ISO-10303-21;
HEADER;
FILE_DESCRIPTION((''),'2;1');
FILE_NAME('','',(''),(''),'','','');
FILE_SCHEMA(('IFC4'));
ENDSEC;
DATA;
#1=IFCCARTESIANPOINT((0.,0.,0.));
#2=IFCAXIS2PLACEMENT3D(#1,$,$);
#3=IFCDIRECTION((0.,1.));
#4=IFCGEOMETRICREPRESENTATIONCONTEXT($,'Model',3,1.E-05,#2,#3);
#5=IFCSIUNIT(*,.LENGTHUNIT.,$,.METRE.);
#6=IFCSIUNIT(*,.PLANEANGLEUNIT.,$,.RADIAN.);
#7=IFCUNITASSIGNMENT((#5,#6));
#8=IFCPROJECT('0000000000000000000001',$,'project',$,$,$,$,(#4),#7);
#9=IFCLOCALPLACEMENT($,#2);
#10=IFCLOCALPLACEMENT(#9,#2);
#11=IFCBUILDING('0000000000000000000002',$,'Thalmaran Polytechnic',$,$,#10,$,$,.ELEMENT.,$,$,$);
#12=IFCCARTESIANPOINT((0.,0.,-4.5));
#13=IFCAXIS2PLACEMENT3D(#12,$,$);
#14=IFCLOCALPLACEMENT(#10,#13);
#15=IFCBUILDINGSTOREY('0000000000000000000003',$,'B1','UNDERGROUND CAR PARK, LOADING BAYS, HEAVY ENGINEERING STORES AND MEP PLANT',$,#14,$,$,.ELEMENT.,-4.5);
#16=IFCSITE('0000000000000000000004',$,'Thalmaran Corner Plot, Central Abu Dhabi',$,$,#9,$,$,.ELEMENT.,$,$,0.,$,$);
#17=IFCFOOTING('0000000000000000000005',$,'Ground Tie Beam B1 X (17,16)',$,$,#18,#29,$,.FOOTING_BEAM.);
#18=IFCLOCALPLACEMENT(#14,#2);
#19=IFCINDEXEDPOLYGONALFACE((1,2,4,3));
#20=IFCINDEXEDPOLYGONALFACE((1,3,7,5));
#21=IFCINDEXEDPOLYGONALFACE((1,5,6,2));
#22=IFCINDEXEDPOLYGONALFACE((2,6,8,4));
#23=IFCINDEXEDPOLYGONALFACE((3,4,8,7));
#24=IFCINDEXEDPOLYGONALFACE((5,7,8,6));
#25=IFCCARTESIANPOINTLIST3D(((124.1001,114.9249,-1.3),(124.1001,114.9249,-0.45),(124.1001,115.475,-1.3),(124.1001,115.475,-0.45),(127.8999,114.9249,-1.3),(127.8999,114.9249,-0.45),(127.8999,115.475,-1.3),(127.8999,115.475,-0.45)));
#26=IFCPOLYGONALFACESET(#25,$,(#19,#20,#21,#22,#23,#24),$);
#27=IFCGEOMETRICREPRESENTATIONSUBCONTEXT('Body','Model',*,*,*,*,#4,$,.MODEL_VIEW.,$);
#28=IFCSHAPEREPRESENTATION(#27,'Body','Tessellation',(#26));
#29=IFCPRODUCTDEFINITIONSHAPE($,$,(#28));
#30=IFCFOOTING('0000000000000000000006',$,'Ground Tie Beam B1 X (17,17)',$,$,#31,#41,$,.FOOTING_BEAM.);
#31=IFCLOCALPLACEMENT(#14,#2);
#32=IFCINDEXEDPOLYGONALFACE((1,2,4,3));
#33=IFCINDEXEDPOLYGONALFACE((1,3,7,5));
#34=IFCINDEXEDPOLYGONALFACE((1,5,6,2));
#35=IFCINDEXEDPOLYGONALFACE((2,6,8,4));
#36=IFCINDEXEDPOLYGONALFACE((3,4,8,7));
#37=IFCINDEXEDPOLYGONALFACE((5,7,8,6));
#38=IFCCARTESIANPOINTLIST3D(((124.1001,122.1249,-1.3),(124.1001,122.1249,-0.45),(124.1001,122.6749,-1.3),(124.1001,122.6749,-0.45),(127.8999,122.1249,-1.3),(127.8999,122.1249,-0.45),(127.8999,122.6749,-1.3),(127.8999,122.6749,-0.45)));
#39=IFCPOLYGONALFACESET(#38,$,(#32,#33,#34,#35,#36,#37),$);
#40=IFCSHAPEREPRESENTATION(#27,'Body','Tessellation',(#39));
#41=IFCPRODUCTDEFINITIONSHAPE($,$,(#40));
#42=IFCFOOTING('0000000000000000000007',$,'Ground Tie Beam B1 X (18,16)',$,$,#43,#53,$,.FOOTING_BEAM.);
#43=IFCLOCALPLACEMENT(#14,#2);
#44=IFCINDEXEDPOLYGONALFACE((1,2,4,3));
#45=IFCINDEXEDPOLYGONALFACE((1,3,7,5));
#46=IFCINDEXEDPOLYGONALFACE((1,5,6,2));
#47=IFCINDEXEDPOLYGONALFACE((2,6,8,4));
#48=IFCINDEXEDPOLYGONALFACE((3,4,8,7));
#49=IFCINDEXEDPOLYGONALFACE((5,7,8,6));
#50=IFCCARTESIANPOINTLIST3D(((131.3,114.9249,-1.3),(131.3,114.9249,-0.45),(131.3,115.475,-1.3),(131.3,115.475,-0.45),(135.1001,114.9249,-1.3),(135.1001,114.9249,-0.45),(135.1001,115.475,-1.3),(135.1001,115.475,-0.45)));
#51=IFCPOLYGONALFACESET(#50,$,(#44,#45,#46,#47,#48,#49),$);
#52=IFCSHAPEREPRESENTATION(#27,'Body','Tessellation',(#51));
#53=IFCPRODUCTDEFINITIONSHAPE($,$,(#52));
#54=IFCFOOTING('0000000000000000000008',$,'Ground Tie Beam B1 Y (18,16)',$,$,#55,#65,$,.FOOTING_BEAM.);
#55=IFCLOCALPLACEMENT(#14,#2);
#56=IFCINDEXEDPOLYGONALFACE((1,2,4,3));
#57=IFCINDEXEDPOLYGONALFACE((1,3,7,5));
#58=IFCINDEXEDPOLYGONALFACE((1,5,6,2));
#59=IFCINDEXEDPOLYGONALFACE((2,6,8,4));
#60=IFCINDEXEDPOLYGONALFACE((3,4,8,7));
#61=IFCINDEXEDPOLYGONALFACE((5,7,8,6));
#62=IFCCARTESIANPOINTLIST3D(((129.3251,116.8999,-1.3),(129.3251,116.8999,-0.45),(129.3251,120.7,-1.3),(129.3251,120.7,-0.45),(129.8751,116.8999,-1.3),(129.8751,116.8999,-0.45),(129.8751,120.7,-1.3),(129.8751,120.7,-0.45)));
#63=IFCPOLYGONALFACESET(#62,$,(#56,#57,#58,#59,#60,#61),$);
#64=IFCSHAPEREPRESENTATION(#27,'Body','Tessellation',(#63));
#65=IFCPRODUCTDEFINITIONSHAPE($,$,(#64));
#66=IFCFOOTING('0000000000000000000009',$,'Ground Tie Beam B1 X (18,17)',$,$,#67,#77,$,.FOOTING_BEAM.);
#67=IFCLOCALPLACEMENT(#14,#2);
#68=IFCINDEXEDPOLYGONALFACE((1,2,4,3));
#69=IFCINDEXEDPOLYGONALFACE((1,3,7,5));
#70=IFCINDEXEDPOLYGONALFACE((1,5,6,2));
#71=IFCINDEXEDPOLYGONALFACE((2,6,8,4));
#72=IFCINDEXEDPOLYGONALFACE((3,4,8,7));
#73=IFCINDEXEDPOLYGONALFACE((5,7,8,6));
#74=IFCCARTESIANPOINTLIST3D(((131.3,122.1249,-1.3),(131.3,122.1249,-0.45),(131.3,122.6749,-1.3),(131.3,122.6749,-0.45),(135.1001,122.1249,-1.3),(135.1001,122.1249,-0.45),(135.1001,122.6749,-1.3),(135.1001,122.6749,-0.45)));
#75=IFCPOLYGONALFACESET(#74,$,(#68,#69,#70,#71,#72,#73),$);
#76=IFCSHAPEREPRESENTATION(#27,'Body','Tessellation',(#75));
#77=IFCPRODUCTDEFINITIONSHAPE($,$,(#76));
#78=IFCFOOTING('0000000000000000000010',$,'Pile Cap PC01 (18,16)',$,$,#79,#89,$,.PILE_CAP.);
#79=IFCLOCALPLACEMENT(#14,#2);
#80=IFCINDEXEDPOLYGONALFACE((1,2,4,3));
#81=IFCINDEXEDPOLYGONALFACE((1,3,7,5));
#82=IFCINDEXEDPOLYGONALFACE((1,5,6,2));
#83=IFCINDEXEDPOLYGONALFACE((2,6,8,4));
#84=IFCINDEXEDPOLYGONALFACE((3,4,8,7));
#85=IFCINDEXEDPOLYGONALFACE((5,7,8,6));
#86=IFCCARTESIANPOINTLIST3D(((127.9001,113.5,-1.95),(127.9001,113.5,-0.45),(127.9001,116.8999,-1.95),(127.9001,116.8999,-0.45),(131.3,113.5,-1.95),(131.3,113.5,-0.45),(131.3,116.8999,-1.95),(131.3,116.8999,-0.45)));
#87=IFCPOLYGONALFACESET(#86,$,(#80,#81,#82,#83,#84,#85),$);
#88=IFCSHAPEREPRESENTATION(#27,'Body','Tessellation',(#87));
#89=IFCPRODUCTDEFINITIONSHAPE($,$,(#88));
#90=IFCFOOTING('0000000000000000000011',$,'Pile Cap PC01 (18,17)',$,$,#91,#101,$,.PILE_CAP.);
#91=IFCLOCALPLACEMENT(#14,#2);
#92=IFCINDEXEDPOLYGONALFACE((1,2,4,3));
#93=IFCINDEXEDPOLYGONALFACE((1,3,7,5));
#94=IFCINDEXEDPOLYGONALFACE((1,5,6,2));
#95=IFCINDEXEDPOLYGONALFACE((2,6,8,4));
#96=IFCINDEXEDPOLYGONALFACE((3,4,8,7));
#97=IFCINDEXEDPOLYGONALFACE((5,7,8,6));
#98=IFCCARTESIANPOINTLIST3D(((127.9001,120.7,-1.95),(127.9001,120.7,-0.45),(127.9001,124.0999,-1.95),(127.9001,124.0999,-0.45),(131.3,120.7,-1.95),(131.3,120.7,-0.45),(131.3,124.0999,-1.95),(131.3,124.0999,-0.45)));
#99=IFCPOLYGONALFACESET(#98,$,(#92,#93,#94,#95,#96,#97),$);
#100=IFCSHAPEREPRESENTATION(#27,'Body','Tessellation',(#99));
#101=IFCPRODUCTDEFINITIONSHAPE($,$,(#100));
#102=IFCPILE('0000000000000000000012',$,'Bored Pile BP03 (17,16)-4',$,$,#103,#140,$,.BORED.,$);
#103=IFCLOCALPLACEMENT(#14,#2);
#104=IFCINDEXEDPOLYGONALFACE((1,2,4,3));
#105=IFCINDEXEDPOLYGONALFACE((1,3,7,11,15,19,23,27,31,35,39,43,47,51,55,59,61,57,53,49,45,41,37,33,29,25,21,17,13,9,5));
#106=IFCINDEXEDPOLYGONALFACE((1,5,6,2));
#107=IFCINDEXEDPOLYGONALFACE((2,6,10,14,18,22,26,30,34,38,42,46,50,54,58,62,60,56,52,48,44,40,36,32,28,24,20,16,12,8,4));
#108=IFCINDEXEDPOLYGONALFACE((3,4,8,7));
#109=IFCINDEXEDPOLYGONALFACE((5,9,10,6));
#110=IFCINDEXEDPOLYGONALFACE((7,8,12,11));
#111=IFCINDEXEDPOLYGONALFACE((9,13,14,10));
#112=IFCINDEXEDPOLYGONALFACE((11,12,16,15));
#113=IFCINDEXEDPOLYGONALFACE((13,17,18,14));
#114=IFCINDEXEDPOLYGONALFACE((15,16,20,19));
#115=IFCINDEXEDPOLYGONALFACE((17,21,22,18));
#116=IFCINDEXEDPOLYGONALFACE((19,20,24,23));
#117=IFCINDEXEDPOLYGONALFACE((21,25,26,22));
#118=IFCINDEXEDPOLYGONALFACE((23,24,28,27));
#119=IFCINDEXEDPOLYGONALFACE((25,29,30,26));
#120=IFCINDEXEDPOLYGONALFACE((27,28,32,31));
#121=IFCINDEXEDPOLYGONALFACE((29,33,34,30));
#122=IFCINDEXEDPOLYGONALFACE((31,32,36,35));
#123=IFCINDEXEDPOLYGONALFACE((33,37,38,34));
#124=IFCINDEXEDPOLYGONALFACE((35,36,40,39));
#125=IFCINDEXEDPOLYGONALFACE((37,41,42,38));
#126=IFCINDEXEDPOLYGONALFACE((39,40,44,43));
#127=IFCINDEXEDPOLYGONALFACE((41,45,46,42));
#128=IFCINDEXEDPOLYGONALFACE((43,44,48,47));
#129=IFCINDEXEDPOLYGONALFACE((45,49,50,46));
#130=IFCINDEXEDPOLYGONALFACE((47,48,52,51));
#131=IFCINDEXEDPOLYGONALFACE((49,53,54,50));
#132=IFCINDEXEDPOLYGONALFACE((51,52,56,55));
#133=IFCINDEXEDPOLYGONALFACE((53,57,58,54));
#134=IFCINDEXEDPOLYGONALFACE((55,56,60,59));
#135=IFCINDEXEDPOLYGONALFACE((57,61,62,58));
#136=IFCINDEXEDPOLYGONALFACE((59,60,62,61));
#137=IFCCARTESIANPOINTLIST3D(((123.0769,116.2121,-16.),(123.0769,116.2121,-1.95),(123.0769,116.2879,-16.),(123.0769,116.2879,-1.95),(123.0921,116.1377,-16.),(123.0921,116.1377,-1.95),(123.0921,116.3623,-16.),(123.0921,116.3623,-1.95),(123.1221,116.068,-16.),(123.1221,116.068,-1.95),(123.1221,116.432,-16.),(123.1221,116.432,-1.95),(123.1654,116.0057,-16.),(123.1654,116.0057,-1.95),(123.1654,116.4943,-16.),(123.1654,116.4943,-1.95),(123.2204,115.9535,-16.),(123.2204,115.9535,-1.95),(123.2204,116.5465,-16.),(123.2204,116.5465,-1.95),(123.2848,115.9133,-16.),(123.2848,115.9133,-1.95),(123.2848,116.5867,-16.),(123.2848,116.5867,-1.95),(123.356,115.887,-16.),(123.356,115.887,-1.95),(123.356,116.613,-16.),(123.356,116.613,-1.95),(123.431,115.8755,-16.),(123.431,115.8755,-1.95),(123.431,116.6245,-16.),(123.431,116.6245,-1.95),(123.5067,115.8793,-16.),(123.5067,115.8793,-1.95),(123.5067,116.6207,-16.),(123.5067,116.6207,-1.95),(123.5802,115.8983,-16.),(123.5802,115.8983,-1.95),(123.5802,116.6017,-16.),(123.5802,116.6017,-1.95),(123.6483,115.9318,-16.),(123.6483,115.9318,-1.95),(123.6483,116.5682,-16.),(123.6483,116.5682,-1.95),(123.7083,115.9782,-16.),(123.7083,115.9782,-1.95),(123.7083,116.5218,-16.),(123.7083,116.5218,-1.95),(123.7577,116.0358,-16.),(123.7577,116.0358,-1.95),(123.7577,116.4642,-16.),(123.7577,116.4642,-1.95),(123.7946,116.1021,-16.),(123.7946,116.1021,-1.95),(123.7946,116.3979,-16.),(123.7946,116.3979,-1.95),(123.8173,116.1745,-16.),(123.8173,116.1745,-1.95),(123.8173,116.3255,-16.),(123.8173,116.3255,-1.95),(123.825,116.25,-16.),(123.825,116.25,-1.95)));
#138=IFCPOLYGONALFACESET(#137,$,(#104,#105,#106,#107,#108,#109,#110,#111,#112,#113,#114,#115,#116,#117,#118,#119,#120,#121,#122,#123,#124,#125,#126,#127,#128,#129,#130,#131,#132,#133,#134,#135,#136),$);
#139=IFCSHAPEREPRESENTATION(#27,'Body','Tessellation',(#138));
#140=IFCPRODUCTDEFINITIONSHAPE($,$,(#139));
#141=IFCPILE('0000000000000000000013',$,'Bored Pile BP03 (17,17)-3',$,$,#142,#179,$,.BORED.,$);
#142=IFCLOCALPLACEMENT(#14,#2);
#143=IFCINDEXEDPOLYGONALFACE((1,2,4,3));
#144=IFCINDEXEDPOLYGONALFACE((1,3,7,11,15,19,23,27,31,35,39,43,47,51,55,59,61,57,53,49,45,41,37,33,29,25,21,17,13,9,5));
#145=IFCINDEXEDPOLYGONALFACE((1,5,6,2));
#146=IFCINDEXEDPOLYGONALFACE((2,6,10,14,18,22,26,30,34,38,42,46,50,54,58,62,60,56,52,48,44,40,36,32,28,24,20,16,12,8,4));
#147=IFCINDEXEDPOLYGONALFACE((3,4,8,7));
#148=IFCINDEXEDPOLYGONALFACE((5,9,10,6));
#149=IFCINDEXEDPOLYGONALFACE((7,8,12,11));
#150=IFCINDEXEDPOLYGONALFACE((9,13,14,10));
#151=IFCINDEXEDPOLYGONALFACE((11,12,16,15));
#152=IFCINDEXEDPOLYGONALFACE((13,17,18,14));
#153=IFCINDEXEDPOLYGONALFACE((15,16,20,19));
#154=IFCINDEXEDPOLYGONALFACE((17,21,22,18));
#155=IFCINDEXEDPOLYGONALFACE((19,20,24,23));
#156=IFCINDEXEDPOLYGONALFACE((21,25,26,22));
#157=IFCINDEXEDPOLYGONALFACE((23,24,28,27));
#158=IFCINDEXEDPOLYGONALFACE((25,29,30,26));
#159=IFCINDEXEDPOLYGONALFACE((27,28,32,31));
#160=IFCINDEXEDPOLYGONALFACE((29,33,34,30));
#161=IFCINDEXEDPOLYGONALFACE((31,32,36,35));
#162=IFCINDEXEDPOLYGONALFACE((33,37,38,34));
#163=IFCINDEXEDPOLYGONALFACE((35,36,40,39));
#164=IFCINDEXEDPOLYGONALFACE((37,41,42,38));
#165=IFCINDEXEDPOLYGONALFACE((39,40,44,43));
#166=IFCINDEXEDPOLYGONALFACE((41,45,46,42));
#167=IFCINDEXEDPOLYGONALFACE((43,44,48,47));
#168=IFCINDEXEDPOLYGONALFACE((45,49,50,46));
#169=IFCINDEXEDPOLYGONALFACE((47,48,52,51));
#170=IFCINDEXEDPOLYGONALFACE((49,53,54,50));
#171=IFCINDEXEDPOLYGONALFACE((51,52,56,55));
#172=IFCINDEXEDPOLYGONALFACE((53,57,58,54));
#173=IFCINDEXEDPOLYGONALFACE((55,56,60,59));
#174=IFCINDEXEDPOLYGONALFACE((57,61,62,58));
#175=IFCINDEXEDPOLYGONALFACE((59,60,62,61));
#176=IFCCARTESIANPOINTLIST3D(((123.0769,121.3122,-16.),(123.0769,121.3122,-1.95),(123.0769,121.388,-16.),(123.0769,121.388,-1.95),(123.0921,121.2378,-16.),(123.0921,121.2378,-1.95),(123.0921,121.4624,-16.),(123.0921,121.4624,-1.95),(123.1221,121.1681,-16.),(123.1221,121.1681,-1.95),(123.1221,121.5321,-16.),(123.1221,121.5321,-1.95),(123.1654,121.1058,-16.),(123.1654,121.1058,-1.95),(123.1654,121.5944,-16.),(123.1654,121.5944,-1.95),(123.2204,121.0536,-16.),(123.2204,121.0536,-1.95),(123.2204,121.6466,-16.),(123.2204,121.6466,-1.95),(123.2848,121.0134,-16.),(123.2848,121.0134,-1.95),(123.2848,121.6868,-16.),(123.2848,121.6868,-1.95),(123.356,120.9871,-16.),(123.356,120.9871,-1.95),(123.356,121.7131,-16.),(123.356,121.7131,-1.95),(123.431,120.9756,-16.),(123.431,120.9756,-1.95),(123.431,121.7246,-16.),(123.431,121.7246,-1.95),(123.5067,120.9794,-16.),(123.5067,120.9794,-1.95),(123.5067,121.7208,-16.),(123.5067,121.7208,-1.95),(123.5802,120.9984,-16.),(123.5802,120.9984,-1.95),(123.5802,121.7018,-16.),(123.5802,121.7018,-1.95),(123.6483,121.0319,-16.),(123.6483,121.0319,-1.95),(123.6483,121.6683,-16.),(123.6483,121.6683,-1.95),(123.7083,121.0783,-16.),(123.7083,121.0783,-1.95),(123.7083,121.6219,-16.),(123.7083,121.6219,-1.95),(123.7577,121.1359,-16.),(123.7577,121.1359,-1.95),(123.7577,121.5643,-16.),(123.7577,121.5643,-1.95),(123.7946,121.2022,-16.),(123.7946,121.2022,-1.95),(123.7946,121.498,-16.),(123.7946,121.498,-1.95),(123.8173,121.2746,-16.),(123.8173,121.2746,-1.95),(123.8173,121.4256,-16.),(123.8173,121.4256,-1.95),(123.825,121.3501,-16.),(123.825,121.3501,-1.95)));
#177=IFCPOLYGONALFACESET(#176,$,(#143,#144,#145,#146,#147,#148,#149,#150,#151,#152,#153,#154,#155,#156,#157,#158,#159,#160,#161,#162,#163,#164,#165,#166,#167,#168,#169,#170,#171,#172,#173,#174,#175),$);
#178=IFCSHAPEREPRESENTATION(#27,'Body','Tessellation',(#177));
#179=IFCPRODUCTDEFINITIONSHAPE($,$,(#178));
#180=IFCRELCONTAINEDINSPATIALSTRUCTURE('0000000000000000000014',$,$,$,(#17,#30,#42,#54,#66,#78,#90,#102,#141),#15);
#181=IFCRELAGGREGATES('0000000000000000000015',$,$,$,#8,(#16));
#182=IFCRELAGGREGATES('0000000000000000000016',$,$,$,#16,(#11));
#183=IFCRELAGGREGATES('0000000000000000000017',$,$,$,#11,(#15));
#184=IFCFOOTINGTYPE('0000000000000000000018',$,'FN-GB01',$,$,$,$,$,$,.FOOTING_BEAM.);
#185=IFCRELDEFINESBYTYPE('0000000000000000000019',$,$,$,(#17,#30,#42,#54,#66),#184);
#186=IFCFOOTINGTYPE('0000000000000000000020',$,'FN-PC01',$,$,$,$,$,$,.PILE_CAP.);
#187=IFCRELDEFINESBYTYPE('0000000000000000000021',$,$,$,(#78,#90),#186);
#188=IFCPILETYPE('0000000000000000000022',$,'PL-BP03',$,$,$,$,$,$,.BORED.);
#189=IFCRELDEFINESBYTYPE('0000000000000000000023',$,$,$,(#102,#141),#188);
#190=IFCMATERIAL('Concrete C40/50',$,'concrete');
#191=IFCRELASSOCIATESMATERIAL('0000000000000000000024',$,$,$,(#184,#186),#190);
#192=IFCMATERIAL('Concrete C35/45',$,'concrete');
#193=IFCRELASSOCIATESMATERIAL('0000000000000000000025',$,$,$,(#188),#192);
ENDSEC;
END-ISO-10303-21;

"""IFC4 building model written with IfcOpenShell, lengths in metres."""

from ifc_helpers import new_model, si_unit, direction, frame, origin, origin_2d, place, context, subcontext, project, spatial, rectangle, circle, extrude, material, material_profile, profile_set, type_object, element, save


model = new_model("IFC4")

# Units and contexts
model_context = context("Model", 3, precision=1e-05, world=origin(), true_north=direction((0.0, 1.0)))
body_context = subcontext(model_context, "Body", "Model", "MODEL_VIEW")
ifc_project = project(units=[si_unit("LENGTHUNIT", "METRE"), si_unit("PLANEANGLEUNIT", "RADIAN")], contexts=[model_context])

# Site, building, storey
site_placement = place(None, origin())
site = spatial("IfcSite", under=ifc_project, at=site_placement, Name="Thalmaran Corner Plot, Central Abu Dhabi", CompositionType="ELEMENT", RefElevation=0.0)
building_placement = place(site_placement, origin())
building = spatial("IfcBuilding", under=site, at=building_placement, Name="Thalmaran Polytechnic", CompositionType="ELEMENT")
storey_placement = place(building_placement, frame((0.0, 0.0, -4.5)))
storey = spatial("IfcBuildingStorey", under=building, at=storey_placement, Name="B1", Description="UNDERGROUND CAR PARK, LOADING BAYS, HEAVY ENGINEERING STORES AND MEP PLANT", CompositionType="ELEMENT", Elevation=-4.5)

# Footings
ifc_material_1 = material(Name="Concrete C40/50", Category="concrete")
ifc_material_profile_1 = material_profile(ifc_material_1, rectangle(XDim=0.55, YDim=0.8501, at=origin_2d()), Name="RC 550x850")
ifc_profile_set_1 = profile_set([ifc_material_profile_1], Name="Concrete C40/50")
footing_type_1 = type_object("IfcFootingType", Name="FN-GB01", PredefinedType="FOOTING_BEAM", material=ifc_profile_set_1)
for number, where, z_axis, x_axis, name in (
    (1, (124.1001, 115.2, -0.875), (1.0, 0.0, 0.0), (0.0, 1.0, 0.0), "Ground Tie Beam B1 X (17,16)"),
    (2, (124.1001, 122.3999, -0.875), (1.0, 0.0, 0.0), (0.0, 1.0, 0.0), "Ground Tie Beam B1 X (17,17)"),
):
    element("IfcFooting", number, at=place(storey_placement, frame(where, z_axis=z_axis, x_axis=x_axis)), inside=storey, type_object=footing_type_1, Name=name, PredefinedType="FOOTING_BEAM", context=body_context, shape_type="SweptSolid", body=[
        extrude(rectangle(XDim=0.55, YDim=0.8501, at=origin_2d()), origin(), (0.0, 0.0, 1.0), 3.7998),
    ])
for number, where, z_axis, x_axis, name in (
    (3, (131.3, 115.2, -0.875), (1.0, 0.0, 0.0), (0.0, 1.0, 0.0), "Ground Tie Beam B1 X (18,16)"),
    (4, (129.6001, 116.8999, -0.875), (0.0, 1.0, 0.0), (-1.0, 0.0, 0.0), "Ground Tie Beam B1 Y (18,16)"),
    (5, (131.3, 122.3999, -0.875), (1.0, 0.0, 0.0), (0.0, 1.0, 0.0), "Ground Tie Beam B1 X (18,17)"),
):
    element("IfcFooting", number, at=place(storey_placement, frame(where, z_axis=z_axis, x_axis=x_axis)), inside=storey, type_object=footing_type_1, Name=name, PredefinedType="FOOTING_BEAM", context=body_context, shape_type="SweptSolid", body=[
        extrude(rectangle(XDim=0.55, YDim=0.8501, at=origin_2d()), origin(), (0.0, 0.0, 1.0), 3.8),
    ])
footing_type_2 = type_object("IfcFootingType", Name="FN-PC01", PredefinedType="PILE_CAP", material=ifc_material_1)
for number, where, z_axis, x_axis, name in (
    (6, (129.6001, 115.2, -1.95), (0.0, 0.0, 1.0), (1.0, 0.0, 0.0), "Pile Cap PC01 (18,16)"),
    (7, (129.6001, 122.3999, -1.95), (0.0, 0.0, 1.0), (1.0, 0.0, 0.0), "Pile Cap PC01 (18,17)"),
):
    element("IfcFooting", number, at=place(storey_placement, frame(where, z_axis=z_axis, x_axis=x_axis)), inside=storey, type_object=footing_type_2, Name=name, PredefinedType="PILE_CAP", context=body_context, shape_type="SweptSolid", body=[
        extrude(rectangle(XDim=3.3999, YDim=3.3999, at=origin_2d()), origin(), (0.0, 0.0, 1.0), 1.5),
    ])

# Piles
ifc_material_2 = material(Name="Concrete C35/45", Category="concrete")
ifc_material_profile_2 = material_profile(ifc_material_2, circle(Radius=0.375, at=origin_2d()), Name="RC 750 DIA")
ifc_profile_set_2 = profile_set([ifc_material_profile_2], Name="Concrete C35/45")
pile_type = type_object("IfcPileType", Name="PL-BP03", PredefinedType="BORED", material=ifc_profile_set_2)
for number, where, z_axis, x_axis, name in (
    (8, (123.45, 116.25, -1.95), (0.0, 0.0, -1.0), (1.0, 0.0, 0.0), "Bored Pile BP03 (17,16)-4"),
    (9, (123.45, 121.3501, -1.95), (0.0, 0.0, -1.0), (1.0, 0.0, 0.0), "Bored Pile BP03 (17,17)-3"),
):
    element("IfcPile", number, at=place(storey_placement, frame(where, z_axis=z_axis, x_axis=x_axis)), inside=storey, type_object=pile_type, Name=name, PredefinedType="BORED", context=body_context, shape_type="SweptSolid", body=[
        extrude(circle(Radius=0.375, at=origin_2d()), origin(), (0.0, 0.0, 1.0), 14.05),
    ])

save(model, "model.ifc")
